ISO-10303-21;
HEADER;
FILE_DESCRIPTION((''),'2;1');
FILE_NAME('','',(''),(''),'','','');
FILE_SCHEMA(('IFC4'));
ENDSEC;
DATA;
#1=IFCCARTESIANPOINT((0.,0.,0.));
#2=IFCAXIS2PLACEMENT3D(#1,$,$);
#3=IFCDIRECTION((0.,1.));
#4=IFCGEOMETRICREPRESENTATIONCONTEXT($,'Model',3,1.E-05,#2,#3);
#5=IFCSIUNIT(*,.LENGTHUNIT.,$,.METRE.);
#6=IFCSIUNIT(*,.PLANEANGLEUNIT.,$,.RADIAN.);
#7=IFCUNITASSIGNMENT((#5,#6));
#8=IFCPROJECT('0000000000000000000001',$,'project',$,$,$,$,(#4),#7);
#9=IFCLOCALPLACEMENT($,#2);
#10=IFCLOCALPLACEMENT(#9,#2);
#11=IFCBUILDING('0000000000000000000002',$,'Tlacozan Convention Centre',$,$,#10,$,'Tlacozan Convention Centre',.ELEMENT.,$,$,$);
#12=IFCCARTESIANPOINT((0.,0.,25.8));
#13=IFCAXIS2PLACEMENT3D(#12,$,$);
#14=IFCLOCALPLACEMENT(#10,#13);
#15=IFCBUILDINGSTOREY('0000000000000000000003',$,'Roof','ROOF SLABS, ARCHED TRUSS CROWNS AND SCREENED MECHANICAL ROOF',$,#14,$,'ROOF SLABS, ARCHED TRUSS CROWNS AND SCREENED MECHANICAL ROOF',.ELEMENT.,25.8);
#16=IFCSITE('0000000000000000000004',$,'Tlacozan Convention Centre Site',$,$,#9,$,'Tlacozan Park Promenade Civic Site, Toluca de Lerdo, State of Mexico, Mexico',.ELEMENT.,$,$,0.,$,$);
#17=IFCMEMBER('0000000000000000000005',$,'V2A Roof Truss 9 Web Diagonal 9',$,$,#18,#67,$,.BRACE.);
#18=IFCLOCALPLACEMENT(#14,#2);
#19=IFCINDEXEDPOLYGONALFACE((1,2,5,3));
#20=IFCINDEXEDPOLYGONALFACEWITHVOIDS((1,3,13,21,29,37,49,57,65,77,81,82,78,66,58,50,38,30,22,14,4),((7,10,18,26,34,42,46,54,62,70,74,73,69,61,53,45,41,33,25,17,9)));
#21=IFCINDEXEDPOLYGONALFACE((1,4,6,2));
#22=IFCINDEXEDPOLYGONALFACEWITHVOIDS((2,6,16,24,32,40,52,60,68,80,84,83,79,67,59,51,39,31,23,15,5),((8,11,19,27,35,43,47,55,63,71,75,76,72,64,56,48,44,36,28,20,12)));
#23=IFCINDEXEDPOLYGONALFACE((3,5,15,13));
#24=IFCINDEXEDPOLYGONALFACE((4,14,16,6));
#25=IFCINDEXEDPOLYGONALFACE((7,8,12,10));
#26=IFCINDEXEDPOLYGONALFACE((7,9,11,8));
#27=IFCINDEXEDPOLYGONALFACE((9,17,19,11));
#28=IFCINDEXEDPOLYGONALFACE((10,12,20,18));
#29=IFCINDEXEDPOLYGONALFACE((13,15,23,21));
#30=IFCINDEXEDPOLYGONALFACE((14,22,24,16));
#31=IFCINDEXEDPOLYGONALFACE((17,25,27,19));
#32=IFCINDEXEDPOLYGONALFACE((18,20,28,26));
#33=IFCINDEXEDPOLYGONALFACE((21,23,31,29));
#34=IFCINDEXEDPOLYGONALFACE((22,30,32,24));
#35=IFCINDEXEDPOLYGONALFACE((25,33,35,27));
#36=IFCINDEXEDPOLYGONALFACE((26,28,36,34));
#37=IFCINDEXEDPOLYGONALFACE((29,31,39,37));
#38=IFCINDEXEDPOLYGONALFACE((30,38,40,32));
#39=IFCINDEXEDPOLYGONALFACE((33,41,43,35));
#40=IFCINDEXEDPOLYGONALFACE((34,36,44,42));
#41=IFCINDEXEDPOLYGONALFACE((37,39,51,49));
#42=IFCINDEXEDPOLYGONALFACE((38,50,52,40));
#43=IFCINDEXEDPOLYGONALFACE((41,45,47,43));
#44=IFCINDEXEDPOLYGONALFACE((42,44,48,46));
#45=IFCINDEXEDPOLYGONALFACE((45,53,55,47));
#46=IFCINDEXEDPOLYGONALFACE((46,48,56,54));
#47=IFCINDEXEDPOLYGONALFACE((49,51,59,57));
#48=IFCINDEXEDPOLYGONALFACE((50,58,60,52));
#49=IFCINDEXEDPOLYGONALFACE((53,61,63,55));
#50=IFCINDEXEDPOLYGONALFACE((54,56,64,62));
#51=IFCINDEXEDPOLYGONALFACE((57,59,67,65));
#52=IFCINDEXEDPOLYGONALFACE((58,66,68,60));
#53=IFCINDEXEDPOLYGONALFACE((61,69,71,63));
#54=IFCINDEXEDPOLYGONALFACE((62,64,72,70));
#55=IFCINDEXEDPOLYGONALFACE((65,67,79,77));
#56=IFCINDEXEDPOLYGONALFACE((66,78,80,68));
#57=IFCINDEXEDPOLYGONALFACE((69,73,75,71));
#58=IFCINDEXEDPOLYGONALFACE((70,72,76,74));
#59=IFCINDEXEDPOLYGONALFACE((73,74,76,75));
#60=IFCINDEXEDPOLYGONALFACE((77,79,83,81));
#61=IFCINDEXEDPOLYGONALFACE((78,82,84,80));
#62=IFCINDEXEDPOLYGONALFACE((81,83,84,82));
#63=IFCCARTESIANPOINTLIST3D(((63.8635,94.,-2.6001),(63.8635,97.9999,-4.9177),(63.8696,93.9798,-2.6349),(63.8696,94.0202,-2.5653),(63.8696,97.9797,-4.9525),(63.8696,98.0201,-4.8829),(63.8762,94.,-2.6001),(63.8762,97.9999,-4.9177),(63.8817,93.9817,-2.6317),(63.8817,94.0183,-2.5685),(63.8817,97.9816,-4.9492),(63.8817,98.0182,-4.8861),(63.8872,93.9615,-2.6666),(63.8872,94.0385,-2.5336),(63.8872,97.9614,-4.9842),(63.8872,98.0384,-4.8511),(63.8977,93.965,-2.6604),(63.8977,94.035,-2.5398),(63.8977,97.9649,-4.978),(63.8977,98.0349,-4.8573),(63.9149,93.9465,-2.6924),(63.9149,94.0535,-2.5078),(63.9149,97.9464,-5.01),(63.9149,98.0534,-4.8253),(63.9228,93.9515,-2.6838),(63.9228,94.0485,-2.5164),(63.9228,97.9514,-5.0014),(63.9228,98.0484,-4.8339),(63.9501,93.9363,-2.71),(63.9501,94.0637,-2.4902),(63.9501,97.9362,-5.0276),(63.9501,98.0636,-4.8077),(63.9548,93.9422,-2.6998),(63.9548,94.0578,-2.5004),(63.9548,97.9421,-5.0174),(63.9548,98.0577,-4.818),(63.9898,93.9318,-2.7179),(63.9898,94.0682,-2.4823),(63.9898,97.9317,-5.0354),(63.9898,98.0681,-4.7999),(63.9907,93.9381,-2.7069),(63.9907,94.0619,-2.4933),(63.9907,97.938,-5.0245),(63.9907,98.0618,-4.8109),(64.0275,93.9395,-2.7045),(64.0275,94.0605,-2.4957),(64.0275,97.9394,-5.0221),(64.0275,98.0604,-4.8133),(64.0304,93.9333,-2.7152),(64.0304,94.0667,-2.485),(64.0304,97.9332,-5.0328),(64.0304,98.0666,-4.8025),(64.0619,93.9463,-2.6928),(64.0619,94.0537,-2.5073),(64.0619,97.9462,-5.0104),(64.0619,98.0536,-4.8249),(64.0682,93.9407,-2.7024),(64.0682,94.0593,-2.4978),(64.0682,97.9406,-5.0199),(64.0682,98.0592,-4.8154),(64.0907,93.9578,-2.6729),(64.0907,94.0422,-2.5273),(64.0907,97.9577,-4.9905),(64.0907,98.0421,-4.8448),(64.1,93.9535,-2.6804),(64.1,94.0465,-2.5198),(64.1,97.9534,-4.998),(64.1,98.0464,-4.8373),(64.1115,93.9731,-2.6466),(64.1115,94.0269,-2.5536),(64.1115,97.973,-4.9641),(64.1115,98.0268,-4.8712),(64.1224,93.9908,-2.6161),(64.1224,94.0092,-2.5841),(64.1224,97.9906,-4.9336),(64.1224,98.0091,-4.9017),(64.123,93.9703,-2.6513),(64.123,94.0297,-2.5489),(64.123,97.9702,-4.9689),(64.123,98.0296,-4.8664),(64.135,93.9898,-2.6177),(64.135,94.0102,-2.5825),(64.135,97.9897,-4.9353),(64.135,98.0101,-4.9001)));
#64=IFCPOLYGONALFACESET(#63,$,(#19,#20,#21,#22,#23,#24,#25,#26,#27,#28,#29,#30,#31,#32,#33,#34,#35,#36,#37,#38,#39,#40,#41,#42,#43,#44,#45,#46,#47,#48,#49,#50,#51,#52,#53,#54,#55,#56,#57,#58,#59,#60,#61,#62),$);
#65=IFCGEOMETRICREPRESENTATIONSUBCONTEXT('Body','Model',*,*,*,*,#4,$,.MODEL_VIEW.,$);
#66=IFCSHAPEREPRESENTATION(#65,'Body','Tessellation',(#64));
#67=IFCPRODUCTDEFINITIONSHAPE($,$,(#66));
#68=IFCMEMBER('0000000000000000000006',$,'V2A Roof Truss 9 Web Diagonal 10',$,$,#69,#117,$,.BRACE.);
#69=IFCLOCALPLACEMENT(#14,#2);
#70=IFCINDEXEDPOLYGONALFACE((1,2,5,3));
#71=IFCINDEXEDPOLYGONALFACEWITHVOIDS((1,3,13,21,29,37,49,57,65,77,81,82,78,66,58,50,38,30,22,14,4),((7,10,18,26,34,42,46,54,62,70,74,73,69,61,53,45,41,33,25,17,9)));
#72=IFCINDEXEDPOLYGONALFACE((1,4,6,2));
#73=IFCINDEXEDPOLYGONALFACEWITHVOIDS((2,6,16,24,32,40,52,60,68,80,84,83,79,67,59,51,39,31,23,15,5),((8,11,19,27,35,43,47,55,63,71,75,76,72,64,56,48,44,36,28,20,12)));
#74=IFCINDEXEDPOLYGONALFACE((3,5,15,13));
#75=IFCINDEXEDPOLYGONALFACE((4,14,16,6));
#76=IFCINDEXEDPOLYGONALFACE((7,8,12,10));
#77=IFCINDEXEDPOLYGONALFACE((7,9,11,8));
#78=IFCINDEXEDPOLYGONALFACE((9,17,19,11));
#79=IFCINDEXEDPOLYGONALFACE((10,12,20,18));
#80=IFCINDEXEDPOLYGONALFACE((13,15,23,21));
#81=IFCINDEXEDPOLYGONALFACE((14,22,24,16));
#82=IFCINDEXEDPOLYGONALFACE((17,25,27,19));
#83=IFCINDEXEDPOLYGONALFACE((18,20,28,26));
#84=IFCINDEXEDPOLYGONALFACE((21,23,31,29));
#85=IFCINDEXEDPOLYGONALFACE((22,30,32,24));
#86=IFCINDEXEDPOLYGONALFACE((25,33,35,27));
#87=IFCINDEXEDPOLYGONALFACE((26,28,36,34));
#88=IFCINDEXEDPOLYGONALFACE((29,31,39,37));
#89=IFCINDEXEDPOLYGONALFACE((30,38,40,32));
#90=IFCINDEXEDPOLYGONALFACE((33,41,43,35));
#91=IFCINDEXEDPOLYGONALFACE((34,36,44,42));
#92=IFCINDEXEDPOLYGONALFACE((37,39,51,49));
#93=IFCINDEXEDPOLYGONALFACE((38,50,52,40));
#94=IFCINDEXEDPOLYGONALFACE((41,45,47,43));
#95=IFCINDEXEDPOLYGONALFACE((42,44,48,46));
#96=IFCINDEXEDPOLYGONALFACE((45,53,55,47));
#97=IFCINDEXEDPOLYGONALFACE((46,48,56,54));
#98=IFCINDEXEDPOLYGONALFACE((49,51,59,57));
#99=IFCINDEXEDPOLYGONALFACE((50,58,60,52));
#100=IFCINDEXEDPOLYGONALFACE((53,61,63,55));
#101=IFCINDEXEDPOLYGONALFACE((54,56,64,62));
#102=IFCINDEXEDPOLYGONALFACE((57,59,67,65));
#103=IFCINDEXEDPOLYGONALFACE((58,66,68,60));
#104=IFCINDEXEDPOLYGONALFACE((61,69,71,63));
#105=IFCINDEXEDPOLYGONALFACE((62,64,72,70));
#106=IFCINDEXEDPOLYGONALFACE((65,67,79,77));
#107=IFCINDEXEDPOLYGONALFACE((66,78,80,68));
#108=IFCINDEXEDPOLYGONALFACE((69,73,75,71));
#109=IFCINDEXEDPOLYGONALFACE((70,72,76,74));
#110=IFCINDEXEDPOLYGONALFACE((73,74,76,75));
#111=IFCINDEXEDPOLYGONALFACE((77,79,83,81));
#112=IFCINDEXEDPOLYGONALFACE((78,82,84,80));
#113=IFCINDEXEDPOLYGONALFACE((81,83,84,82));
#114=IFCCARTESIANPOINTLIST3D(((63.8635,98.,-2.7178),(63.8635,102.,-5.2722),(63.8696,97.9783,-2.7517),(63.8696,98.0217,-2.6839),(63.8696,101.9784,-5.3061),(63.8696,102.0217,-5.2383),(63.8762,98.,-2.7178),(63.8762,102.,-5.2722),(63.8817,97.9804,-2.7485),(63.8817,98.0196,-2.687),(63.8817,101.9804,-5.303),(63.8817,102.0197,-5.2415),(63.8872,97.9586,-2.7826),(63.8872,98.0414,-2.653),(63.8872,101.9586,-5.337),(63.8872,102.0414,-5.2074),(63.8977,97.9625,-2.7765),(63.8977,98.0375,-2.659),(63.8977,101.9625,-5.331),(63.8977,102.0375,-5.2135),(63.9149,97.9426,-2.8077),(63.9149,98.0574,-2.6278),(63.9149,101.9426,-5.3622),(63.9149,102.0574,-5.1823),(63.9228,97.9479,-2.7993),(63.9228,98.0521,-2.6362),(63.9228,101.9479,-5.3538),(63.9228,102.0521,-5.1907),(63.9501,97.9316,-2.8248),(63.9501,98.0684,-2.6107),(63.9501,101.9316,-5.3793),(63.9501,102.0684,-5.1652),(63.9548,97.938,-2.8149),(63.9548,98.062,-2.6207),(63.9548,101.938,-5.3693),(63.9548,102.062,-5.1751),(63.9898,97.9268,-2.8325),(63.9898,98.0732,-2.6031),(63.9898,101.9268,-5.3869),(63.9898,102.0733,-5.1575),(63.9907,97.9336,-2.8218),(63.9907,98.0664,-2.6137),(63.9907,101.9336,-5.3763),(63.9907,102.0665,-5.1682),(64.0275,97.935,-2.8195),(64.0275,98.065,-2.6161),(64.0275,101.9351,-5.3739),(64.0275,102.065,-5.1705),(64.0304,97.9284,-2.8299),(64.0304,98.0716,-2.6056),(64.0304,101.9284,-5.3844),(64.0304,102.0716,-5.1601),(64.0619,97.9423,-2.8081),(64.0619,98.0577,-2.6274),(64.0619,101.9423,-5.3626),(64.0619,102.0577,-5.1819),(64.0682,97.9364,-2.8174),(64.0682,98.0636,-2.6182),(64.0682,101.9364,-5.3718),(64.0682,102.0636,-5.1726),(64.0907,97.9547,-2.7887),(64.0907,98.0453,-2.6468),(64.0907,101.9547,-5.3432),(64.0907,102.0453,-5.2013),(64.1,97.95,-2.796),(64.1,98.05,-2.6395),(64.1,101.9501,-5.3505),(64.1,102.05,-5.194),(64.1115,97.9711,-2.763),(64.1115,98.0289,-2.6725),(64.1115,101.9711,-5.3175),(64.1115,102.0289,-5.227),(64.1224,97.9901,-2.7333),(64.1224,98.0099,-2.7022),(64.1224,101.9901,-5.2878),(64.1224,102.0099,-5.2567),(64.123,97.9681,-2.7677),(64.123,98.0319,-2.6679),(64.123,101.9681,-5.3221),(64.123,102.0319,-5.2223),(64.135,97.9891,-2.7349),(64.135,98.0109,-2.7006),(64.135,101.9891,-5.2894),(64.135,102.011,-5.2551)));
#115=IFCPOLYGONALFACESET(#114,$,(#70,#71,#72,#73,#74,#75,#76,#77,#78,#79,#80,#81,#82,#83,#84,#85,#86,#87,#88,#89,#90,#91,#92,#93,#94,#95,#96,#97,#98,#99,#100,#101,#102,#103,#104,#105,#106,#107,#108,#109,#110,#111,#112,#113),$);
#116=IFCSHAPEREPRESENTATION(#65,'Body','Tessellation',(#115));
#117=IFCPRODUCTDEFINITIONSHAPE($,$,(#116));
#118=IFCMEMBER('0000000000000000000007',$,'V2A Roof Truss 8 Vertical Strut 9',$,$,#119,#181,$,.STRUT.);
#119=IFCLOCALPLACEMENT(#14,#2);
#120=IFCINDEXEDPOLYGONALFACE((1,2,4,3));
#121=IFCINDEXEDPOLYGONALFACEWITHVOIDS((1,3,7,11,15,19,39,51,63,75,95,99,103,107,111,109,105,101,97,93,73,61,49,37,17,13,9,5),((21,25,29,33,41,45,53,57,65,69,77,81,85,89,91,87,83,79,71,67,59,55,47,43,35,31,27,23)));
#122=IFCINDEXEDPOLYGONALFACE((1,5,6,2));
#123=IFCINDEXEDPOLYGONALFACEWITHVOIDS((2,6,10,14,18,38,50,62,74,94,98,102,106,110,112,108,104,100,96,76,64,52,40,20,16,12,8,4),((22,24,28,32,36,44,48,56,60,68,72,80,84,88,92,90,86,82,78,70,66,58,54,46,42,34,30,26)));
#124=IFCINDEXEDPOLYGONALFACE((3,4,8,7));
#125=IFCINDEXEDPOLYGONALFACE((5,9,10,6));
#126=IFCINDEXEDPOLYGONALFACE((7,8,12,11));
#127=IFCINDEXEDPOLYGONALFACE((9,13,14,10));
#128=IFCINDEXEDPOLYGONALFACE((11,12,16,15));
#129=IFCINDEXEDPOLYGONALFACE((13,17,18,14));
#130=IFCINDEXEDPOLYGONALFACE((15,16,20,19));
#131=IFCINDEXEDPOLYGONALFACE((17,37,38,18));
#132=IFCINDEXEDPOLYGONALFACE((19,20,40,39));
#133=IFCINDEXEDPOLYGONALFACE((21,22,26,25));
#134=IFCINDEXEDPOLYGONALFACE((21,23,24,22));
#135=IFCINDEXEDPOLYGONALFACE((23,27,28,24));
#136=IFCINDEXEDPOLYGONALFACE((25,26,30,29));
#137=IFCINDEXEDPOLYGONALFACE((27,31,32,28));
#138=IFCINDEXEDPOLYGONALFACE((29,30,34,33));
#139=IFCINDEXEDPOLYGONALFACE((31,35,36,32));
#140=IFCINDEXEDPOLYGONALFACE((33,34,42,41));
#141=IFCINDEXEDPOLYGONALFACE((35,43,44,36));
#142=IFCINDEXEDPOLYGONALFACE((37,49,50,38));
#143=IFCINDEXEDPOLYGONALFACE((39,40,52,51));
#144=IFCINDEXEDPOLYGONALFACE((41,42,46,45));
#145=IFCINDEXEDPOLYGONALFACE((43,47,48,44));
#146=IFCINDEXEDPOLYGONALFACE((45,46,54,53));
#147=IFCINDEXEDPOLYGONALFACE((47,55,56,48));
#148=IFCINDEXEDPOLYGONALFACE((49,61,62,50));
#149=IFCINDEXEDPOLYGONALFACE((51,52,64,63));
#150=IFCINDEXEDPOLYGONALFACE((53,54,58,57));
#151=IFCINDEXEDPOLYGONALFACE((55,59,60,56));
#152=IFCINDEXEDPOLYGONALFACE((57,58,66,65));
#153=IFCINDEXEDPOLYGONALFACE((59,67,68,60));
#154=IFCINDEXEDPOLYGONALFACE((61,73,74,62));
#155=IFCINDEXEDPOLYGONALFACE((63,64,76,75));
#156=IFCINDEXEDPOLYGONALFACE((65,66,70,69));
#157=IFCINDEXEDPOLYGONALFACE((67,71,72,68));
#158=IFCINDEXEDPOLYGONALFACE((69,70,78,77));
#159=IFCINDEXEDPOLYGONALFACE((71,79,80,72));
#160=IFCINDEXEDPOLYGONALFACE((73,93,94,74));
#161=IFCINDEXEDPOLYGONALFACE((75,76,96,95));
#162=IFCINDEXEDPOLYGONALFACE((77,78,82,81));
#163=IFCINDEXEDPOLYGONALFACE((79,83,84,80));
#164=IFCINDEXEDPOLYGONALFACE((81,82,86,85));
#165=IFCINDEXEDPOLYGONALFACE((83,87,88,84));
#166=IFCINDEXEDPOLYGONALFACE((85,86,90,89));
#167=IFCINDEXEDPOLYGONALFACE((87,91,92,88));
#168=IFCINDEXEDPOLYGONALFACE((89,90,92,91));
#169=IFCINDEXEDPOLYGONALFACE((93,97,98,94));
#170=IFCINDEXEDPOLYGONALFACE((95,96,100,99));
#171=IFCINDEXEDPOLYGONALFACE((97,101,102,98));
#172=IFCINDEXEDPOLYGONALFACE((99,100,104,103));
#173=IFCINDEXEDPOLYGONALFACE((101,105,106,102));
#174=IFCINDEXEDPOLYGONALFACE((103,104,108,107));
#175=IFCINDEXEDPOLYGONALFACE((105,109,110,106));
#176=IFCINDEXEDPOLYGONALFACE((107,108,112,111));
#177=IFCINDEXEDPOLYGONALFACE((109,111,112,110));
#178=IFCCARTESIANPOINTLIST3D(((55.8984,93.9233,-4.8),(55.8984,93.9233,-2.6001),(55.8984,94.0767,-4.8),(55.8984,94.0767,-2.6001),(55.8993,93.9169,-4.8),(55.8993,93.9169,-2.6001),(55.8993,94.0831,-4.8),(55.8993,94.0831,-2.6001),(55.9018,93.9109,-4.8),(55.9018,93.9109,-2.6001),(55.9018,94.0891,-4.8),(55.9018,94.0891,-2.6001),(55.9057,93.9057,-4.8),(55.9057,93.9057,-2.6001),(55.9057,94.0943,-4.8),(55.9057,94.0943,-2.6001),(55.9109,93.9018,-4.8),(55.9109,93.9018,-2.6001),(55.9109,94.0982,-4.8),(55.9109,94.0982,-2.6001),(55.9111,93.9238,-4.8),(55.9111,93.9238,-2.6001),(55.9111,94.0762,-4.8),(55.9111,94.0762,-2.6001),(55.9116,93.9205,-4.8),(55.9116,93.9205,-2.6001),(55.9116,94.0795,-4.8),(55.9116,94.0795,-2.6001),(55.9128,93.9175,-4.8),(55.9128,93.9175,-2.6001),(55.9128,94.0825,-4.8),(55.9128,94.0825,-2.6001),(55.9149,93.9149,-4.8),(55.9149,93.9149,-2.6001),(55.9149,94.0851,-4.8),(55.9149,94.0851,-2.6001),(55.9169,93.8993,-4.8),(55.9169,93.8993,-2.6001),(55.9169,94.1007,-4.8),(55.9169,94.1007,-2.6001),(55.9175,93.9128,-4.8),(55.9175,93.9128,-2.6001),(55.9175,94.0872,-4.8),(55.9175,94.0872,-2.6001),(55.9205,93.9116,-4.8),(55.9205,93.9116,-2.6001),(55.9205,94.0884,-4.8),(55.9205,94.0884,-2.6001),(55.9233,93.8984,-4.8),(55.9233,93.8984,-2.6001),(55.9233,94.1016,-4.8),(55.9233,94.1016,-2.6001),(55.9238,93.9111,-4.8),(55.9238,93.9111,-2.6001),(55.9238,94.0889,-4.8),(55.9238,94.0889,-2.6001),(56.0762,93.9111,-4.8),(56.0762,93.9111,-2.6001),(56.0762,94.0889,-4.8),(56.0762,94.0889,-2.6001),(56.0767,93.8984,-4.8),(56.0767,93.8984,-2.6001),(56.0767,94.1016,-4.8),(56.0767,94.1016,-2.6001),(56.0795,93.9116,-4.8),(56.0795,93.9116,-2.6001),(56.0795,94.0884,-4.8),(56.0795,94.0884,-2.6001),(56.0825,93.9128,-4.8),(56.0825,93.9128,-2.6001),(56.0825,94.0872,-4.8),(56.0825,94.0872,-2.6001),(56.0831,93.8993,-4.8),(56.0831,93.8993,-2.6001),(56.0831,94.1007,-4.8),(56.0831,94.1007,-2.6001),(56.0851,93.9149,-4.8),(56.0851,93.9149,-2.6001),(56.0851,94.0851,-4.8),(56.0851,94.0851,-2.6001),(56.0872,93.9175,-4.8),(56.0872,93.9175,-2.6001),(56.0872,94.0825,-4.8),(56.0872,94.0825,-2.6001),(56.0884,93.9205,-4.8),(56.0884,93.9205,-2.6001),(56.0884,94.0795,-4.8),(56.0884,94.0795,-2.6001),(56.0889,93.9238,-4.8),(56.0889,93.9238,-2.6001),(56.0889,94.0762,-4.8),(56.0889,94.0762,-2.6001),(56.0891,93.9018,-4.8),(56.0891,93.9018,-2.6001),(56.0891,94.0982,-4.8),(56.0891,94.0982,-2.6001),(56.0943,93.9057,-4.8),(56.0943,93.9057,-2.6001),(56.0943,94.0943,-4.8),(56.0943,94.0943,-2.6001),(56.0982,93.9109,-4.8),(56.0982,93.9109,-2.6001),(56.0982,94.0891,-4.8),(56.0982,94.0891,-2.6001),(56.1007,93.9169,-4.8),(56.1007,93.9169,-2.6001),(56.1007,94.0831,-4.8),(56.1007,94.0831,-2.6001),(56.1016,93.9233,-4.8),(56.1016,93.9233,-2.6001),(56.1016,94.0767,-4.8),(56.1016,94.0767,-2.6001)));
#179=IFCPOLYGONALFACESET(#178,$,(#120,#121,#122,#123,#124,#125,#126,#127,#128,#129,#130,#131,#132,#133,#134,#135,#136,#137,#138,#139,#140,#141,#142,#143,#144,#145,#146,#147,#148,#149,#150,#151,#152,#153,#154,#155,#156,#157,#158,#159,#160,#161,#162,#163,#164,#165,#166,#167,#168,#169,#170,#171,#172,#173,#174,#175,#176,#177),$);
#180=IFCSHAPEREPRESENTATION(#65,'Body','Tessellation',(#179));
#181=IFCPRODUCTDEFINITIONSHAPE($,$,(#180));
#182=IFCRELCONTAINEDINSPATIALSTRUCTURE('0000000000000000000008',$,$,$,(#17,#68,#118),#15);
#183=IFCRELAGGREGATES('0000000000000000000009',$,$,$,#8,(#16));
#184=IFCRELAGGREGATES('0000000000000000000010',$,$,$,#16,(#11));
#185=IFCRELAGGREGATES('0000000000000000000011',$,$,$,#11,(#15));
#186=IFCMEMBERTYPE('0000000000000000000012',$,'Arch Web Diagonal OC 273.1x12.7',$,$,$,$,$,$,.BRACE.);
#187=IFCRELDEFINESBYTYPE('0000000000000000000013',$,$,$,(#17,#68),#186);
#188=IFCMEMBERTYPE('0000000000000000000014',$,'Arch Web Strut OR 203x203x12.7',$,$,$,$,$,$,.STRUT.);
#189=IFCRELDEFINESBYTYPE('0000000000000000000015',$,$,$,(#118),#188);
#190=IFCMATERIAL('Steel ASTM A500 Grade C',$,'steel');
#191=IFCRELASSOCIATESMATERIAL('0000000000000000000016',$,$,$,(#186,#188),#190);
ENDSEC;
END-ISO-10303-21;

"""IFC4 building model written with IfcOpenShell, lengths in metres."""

from ifc_helpers import new_model, si_unit, direction, frame, origin, origin_2d, place, context, subcontext, project, spatial, hollow_rectangle, hollow_circle, extrude, material, material_profile, profile_set, type_object, element, save


model = new_model("IFC4")

# Units and contexts
model_context = context("Model", 3, precision=1e-05, world=origin(), true_north=direction((0.0, 1.0)))
body_context = subcontext(model_context, "Body", "Model", "MODEL_VIEW")
ifc_project = project(units=[si_unit("LENGTHUNIT", "METRE"), si_unit("PLANEANGLEUNIT", "RADIAN")], contexts=[model_context])

# Site, building, storey
site_placement = place(None, origin())
site = spatial("IfcSite", under=ifc_project, at=site_placement, Name="Tlacozan Convention Centre Site", LongName="Tlacozan Park Promenade Civic Site, Toluca de Lerdo, State of Mexico, Mexico", CompositionType="ELEMENT", RefElevation=0.0)
building_placement = place(site_placement, origin())
building = spatial("IfcBuilding", under=site, at=building_placement, Name="Tlacozan Convention Centre", LongName="Tlacozan Convention Centre", CompositionType="ELEMENT")
storey_placement = place(building_placement, frame((0.0, 0.0, 25.8)))
storey = spatial("IfcBuildingStorey", under=building, at=storey_placement, Name="Roof", Description="ROOF SLABS, ARCHED TRUSS CROWNS AND SCREENED MECHANICAL ROOF", LongName="ROOF SLABS, ARCHED TRUSS CROWNS AND SCREENED MECHANICAL ROOF", CompositionType="ELEMENT", Elevation=25.8)

# Members
ifc_material_1 = material(Name="Steel ASTM A500 Grade C", Category="steel")
ifc_material_profile_1 = material_profile(ifc_material_1, hollow_circle(Radius=0.1365, WallThickness=0.0127, at=origin_2d()), Name="OC 273.1x12.7")
ifc_profile_set_1 = profile_set([ifc_material_profile_1], Name="Steel ASTM A500 Grade C")
member_type_1 = type_object("IfcMemberType", Name="Arch Web Diagonal OC 273.1x12.7", PredefinedType="BRACE", material=ifc_profile_set_1)
member_1_placement = place(storey_placement, frame((64.0, 94.0, -2.6001), z_axis=(0.0, 0.865254, -0.501334), x_axis=(-1.0, 0.0, 0.0)))
element("IfcMember", 1, at=member_1_placement, inside=storey, type_object=member_type_1, Name="V2A Roof Truss 9 Web Diagonal 9", PredefinedType="BRACE", context=body_context, shape_type="SweptSolid", body=[
    extrude(hollow_circle(Radius=0.1365, WallThickness=0.0127, at=origin_2d()), origin(), (0.0, 0.0, 1.0), 4.6228),
])
member_2_placement = place(storey_placement, frame((64.0, 98.0, -2.7178), z_axis=(0.0, 0.842803, -0.538223), x_axis=(-1.0, 0.0, 0.0)))
element("IfcMember", 2, at=member_2_placement, inside=storey, type_object=member_type_1, Name="V2A Roof Truss 9 Web Diagonal 10", PredefinedType="BRACE", context=body_context, shape_type="SweptSolid", body=[
    extrude(hollow_circle(Radius=0.1365, WallThickness=0.0127, at=origin_2d()), origin(), (0.0, 0.0, 1.0), 4.7461),
])
ifc_material_profile_2 = material_profile(ifc_material_1, hollow_rectangle(XDim=0.2031, YDim=0.2031, WallThickness=0.0127, InnerFilletRadius=0.0127, OuterFilletRadius=0.0249, at=origin_2d()), Name="OR 203x203x12.7")
ifc_profile_set_2 = profile_set([ifc_material_profile_2], Name="Steel ASTM A500 Grade C")
member_type_2 = type_object("IfcMemberType", Name="Arch Web Strut OR 203x203x12.7", PredefinedType="STRUT", material=ifc_profile_set_2)
for number, where, z_axis, x_axis, name in (
    (3, (56.0, 94.0, -4.8), (0.0, 0.0, 1.0), (1.0, 0.0, 0.0), "V2A Roof Truss 8 Vertical Strut 9"),
):
    element("IfcMember", number, at=place(storey_placement, frame(where, z_axis=z_axis, x_axis=x_axis)), inside=storey, type_object=member_type_2, Name=name, PredefinedType="STRUT", context=body_context, shape_type="SweptSolid", body=[
        extrude(hollow_rectangle(XDim=0.2031, YDim=0.2031, WallThickness=0.0127, InnerFilletRadius=0.0127, OuterFilletRadius=0.0249, at=origin_2d()), origin(), (0.0, 0.0, 1.0), 2.2),
    ])

save(model, "model.ifc")
